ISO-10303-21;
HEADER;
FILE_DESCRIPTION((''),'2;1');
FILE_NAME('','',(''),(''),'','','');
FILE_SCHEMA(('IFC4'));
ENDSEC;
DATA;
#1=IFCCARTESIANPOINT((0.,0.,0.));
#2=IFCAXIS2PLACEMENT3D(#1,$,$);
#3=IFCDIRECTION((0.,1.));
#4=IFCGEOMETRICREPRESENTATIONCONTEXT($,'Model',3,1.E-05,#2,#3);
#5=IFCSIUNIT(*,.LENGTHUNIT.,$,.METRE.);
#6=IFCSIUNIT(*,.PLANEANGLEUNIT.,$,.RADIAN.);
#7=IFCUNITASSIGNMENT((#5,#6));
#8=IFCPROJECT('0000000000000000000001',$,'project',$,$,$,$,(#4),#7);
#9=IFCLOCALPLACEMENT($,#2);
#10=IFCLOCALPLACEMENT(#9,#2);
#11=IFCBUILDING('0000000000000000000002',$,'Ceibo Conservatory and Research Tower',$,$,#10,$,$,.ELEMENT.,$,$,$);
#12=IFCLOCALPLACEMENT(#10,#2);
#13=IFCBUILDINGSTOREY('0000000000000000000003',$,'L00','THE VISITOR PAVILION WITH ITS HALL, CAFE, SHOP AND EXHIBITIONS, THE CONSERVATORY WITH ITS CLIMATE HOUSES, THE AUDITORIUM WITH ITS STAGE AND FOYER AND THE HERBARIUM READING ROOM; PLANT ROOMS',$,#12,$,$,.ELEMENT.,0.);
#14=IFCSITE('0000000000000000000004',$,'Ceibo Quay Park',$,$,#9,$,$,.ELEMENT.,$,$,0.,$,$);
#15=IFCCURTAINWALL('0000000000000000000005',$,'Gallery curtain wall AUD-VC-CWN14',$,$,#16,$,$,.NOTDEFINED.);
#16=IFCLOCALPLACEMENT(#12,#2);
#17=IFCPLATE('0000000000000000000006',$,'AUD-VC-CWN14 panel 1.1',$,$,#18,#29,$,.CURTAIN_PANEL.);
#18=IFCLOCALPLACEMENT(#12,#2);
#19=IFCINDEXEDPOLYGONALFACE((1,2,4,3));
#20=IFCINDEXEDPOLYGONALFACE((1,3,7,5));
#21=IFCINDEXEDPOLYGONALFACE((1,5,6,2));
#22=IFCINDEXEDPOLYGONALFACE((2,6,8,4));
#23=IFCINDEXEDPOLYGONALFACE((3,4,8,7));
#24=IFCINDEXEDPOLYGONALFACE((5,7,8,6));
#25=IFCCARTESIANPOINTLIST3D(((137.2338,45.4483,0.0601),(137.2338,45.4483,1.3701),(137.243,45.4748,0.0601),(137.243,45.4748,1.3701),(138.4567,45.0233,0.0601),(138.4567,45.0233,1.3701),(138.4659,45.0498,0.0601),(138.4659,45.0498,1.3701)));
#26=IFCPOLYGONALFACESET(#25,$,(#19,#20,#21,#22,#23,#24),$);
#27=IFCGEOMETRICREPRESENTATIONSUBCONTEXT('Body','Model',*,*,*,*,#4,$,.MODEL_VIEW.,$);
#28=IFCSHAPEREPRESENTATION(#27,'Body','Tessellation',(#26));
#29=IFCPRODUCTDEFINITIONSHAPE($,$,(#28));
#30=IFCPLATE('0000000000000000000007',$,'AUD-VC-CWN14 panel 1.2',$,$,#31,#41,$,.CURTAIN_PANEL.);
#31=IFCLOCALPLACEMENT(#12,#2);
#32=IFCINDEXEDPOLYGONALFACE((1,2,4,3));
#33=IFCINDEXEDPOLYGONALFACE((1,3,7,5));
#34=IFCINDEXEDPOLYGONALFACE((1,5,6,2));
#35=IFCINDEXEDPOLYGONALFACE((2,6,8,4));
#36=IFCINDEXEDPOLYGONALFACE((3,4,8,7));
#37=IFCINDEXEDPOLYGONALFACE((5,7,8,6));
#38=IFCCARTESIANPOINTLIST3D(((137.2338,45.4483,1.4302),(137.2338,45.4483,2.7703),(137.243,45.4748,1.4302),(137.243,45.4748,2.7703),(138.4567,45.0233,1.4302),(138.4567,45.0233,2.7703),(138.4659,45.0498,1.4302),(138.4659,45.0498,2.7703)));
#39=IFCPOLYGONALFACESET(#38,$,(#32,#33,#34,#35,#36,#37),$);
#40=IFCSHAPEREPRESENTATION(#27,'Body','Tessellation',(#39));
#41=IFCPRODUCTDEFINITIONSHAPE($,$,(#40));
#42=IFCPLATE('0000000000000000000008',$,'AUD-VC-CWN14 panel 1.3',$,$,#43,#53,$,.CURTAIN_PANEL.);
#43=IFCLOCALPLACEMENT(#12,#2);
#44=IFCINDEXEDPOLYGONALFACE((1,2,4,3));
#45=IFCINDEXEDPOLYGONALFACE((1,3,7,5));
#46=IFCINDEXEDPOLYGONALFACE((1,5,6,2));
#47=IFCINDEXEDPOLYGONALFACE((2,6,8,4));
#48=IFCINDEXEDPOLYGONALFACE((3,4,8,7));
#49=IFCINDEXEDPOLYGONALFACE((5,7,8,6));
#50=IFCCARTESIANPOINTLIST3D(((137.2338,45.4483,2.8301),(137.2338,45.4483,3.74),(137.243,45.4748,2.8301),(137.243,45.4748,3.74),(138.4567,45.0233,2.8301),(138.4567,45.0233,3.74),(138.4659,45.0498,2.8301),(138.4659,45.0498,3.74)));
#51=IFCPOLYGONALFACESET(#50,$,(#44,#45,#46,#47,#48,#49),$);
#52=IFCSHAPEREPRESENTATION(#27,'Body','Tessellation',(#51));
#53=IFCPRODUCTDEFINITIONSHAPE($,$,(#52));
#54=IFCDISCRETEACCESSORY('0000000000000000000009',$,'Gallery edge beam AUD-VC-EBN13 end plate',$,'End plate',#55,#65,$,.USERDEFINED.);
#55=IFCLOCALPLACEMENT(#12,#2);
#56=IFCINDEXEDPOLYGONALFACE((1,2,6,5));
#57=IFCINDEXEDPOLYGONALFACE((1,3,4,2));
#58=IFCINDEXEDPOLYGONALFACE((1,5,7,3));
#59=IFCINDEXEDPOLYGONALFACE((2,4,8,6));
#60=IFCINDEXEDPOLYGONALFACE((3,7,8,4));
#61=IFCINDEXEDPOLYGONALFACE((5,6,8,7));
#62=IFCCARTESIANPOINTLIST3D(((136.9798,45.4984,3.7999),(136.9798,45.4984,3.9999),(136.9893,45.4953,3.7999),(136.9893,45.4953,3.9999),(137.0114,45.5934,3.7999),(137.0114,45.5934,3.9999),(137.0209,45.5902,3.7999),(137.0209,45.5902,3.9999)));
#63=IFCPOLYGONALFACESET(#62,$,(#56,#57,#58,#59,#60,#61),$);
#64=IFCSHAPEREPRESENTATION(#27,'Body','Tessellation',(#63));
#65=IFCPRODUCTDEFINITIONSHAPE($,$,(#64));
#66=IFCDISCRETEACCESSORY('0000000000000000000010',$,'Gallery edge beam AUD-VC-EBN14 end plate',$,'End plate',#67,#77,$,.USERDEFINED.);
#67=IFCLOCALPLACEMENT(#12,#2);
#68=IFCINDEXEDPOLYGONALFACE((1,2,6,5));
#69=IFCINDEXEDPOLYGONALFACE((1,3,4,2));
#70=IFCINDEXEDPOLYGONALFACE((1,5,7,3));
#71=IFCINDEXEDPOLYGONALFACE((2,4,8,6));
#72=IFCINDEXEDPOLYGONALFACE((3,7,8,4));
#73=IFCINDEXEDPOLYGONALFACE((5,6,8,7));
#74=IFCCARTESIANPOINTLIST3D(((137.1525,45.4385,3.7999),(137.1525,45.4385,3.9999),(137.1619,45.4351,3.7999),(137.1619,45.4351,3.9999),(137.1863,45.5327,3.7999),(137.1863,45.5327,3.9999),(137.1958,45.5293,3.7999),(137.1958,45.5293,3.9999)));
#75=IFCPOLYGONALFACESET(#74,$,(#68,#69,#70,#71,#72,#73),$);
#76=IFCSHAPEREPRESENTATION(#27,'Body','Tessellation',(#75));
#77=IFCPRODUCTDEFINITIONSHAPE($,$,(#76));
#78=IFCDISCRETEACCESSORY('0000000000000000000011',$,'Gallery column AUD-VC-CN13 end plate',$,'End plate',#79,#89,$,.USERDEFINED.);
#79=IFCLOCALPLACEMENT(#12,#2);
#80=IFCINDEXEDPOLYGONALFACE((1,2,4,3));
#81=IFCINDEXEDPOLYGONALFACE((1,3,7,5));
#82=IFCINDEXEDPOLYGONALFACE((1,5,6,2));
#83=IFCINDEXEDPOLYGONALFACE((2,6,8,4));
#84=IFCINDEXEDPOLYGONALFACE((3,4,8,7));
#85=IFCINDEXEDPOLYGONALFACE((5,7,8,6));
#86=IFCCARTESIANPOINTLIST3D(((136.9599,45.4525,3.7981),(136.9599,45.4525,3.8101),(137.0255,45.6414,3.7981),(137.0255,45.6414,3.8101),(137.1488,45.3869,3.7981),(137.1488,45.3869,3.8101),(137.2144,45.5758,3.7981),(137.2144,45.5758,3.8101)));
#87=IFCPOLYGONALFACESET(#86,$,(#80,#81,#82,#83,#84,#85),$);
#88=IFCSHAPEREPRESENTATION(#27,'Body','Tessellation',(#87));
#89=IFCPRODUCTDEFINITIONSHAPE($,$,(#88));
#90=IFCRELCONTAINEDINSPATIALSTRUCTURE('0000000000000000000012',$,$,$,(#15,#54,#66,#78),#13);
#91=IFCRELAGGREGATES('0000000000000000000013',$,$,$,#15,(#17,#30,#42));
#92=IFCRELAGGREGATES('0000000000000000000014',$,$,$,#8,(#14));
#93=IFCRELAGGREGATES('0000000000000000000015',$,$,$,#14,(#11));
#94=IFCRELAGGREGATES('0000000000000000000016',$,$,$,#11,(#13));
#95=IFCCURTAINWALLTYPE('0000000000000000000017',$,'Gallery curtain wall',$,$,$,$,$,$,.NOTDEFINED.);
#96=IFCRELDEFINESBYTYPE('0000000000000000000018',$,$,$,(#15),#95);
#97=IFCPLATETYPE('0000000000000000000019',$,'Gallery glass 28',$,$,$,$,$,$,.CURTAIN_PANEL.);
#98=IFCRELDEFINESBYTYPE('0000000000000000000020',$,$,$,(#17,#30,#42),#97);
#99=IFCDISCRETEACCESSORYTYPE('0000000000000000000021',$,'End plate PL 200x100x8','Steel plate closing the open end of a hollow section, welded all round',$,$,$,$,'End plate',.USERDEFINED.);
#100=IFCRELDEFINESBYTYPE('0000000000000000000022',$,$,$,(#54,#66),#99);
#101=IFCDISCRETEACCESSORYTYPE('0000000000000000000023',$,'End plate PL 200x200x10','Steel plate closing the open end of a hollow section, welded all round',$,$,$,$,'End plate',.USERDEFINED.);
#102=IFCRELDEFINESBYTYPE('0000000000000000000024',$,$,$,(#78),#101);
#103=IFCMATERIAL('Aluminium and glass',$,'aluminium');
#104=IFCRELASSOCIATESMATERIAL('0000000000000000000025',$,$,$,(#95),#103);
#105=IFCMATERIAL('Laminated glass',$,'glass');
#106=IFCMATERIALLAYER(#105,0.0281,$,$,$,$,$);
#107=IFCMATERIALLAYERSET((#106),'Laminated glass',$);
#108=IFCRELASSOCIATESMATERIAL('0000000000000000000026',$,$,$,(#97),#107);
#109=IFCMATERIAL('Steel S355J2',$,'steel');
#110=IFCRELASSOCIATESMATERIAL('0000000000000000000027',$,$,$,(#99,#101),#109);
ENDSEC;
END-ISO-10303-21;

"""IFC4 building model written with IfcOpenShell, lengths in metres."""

from ifc_helpers import new_model, si_unit, direction, frame, origin, origin_2d, place, context, subcontext, project, spatial, rectangle, extrude, material, layer, layer_set, material_profile, profile_set, type_object, element, aggregate, save


model = new_model("IFC4")

# Units and contexts
model_context = context("Model", 3, precision=1e-05, world=origin(), true_north=direction((0.0, 1.0)))
body_context = subcontext(model_context, "Body", "Model", "MODEL_VIEW")
ifc_project = project(units=[si_unit("LENGTHUNIT", "METRE"), si_unit("PLANEANGLEUNIT", "RADIAN")], contexts=[model_context])

# Site, building, storey
site_placement = place(None, origin())
site = spatial("IfcSite", under=ifc_project, at=site_placement, Name="Ceibo Quay Park", CompositionType="ELEMENT", RefElevation=0.0)
building_placement = place(site_placement, origin())
building = spatial("IfcBuilding", under=site, at=building_placement, Name="Ceibo Conservatory and Research Tower", CompositionType="ELEMENT")
storey_placement = place(building_placement, origin())
storey = spatial("IfcBuildingStorey", under=building, at=storey_placement, Name="L00", Description="THE VISITOR PAVILION WITH ITS HALL, CAFE, SHOP AND EXHIBITIONS, THE CONSERVATORY WITH ITS CLIMATE HOUSES, THE AUDITORIUM WITH ITS STAGE AND FOYER AND THE HERBARIUM READING ROOM; PLANT ROOMS", CompositionType="ELEMENT", Elevation=0.0)

# Curtain wall
ifc_material_1 = material(Name="Aluminium and glass", Category="aluminium")
curtain_wall_type = type_object("IfcCurtainWallType", Name="Gallery curtain wall", PredefinedType="NOTDEFINED", material=ifc_material_1)
curtain_wall_1_placement = place(storey_placement, origin())
curtain_wall_1 = element("IfcCurtainWall", 1, at=curtain_wall_1_placement, inside=storey, type_object=curtain_wall_type, Name="Gallery curtain wall AUD-VC-CWN14", PredefinedType="NOTDEFINED")

# Shared definitions
ifc_material_2 = material(Name="Steel S355J2", Category="steel")

# Plates
ifc_material_3 = material(Name="Laminated glass", Category="glass")
ifc_layer = layer(ifc_material_3, 0.0281)
ifc_layer_set = layer_set([ifc_layer], Name="Laminated glass")
plate_type = type_object("IfcPlateType", Name="Gallery glass 28", PredefinedType="CURTAIN_PANEL", material=ifc_layer_set)
plate_1_placement = place(storey_placement, frame((137.8499, 45.249, 0.0601), z_axis=(0.0, 0.0, 1.0), x_axis=(0.944579, -0.328284, 0.0)))
plate_1 = element("IfcPlate", 2, at=plate_1_placement, type_object=plate_type, Name="AUD-VC-CWN14 panel 1.1", PredefinedType="CURTAIN_PANEL", context=body_context, shape_type="SweptSolid", body=[
    extrude(rectangle(XDim=1.2947, YDim=0.0281, at=origin_2d()), origin(), (0.0, 0.0, 1.0), 1.3101),
])
plate_2_placement = place(storey_placement, frame((137.8499, 45.249, 1.4302), z_axis=(0.0, 0.0, 1.0), x_axis=(0.944579, -0.328284, 0.0)))
plate_2 = element("IfcPlate", 3, at=plate_2_placement, type_object=plate_type, Name="AUD-VC-CWN14 panel 1.2", PredefinedType="CURTAIN_PANEL", context=body_context, shape_type="SweptSolid", body=[
    extrude(rectangle(XDim=1.2947, YDim=0.0281, at=origin_2d()), origin(), (0.0, 0.0, 1.0), 1.3401),
])
plate_3_placement = place(storey_placement, frame((137.8499, 45.249, 2.8301), z_axis=(0.0, 0.0, 1.0), x_axis=(0.944579, -0.328284, 0.0)))
plate_3 = element("IfcPlate", 4, at=plate_3_placement, type_object=plate_type, Name="AUD-VC-CWN14 panel 1.3", PredefinedType="CURTAIN_PANEL", context=body_context, shape_type="SweptSolid", body=[
    extrude(rectangle(XDim=1.2947, YDim=0.0281, at=origin_2d()), origin(), (0.0, 0.0, 1.0), 0.9099),
])
aggregate(curtain_wall_1, [plate_1, plate_2, plate_3])

# Discrete accessories
ifc_material_profile_1 = material_profile(ifc_material_2, rectangle(XDim=0.1001, YDim=0.2, at=origin_2d()), Name="End plate PL 200x100x8")
ifc_profile_set_1 = profile_set([ifc_material_profile_1], Name="Steel S355J2")
discrete_accessory_type_1 = type_object("IfcDiscreteAccessoryType", Name="End plate PL 200x100x8", Description="Steel plate closing the open end of a hollow section, welded all round", ElementType="End plate", PredefinedType="USERDEFINED", material=ifc_profile_set_1)
for number, where, z_axis, x_axis, name in (
    (5, (136.9956, 45.5459, 3.8999), (0.948683, -0.316228, 0.0), (0.316228, 0.948683, 0.0), "Gallery edge beam AUD-VC-EBN13 end plate"),
    (6, (137.1694, 45.4856, 3.8999), (0.941195, -0.337865, 0.0), (0.337865, 0.941195, 0.0), "Gallery edge beam AUD-VC-EBN14 end plate"),
):
    element("IfcDiscreteAccessory", number, at=place(storey_placement, frame(where, z_axis=z_axis, x_axis=x_axis)), inside=storey, type_object=discrete_accessory_type_1, Name=name, ObjectType="End plate", PredefinedType="USERDEFINED", context=body_context, shape_type="SweptSolid", body=[
        extrude(rectangle(XDim=0.1001, YDim=0.2, at=origin_2d()), origin(), (0.0, 0.0, 1.0), 0.01),
    ])
ifc_material_profile_2 = material_profile(ifc_material_2, rectangle(XDim=0.2, YDim=0.2, at=origin_2d()), Name="End plate PL 200x200x10")
ifc_profile_set_2 = profile_set([ifc_material_profile_2], Name="Steel S355J2")
discrete_accessory_type_2 = type_object("IfcDiscreteAccessoryType", Name="End plate PL 200x200x10", Description="Steel plate closing the open end of a hollow section, welded all round", ElementType="End plate", PredefinedType="USERDEFINED", material=ifc_profile_set_2)
discrete_accessory_placement = place(storey_placement, frame((137.0872, 45.5142, 3.7981), z_axis=(0.0, 0.0, 1.0), x_axis=(0.944579, -0.328284, 0.0)))
element("IfcDiscreteAccessory", 7, at=discrete_accessory_placement, inside=storey, type_object=discrete_accessory_type_2, Name="Gallery column AUD-VC-CN13 end plate", ObjectType="End plate", PredefinedType="USERDEFINED", context=body_context, shape_type="SweptSolid", body=[
    extrude(rectangle(XDim=0.2, YDim=0.2, at=origin_2d()), origin(), (0.0, 0.0, 1.0), 0.012),
])

save(model, "model.ifc")
